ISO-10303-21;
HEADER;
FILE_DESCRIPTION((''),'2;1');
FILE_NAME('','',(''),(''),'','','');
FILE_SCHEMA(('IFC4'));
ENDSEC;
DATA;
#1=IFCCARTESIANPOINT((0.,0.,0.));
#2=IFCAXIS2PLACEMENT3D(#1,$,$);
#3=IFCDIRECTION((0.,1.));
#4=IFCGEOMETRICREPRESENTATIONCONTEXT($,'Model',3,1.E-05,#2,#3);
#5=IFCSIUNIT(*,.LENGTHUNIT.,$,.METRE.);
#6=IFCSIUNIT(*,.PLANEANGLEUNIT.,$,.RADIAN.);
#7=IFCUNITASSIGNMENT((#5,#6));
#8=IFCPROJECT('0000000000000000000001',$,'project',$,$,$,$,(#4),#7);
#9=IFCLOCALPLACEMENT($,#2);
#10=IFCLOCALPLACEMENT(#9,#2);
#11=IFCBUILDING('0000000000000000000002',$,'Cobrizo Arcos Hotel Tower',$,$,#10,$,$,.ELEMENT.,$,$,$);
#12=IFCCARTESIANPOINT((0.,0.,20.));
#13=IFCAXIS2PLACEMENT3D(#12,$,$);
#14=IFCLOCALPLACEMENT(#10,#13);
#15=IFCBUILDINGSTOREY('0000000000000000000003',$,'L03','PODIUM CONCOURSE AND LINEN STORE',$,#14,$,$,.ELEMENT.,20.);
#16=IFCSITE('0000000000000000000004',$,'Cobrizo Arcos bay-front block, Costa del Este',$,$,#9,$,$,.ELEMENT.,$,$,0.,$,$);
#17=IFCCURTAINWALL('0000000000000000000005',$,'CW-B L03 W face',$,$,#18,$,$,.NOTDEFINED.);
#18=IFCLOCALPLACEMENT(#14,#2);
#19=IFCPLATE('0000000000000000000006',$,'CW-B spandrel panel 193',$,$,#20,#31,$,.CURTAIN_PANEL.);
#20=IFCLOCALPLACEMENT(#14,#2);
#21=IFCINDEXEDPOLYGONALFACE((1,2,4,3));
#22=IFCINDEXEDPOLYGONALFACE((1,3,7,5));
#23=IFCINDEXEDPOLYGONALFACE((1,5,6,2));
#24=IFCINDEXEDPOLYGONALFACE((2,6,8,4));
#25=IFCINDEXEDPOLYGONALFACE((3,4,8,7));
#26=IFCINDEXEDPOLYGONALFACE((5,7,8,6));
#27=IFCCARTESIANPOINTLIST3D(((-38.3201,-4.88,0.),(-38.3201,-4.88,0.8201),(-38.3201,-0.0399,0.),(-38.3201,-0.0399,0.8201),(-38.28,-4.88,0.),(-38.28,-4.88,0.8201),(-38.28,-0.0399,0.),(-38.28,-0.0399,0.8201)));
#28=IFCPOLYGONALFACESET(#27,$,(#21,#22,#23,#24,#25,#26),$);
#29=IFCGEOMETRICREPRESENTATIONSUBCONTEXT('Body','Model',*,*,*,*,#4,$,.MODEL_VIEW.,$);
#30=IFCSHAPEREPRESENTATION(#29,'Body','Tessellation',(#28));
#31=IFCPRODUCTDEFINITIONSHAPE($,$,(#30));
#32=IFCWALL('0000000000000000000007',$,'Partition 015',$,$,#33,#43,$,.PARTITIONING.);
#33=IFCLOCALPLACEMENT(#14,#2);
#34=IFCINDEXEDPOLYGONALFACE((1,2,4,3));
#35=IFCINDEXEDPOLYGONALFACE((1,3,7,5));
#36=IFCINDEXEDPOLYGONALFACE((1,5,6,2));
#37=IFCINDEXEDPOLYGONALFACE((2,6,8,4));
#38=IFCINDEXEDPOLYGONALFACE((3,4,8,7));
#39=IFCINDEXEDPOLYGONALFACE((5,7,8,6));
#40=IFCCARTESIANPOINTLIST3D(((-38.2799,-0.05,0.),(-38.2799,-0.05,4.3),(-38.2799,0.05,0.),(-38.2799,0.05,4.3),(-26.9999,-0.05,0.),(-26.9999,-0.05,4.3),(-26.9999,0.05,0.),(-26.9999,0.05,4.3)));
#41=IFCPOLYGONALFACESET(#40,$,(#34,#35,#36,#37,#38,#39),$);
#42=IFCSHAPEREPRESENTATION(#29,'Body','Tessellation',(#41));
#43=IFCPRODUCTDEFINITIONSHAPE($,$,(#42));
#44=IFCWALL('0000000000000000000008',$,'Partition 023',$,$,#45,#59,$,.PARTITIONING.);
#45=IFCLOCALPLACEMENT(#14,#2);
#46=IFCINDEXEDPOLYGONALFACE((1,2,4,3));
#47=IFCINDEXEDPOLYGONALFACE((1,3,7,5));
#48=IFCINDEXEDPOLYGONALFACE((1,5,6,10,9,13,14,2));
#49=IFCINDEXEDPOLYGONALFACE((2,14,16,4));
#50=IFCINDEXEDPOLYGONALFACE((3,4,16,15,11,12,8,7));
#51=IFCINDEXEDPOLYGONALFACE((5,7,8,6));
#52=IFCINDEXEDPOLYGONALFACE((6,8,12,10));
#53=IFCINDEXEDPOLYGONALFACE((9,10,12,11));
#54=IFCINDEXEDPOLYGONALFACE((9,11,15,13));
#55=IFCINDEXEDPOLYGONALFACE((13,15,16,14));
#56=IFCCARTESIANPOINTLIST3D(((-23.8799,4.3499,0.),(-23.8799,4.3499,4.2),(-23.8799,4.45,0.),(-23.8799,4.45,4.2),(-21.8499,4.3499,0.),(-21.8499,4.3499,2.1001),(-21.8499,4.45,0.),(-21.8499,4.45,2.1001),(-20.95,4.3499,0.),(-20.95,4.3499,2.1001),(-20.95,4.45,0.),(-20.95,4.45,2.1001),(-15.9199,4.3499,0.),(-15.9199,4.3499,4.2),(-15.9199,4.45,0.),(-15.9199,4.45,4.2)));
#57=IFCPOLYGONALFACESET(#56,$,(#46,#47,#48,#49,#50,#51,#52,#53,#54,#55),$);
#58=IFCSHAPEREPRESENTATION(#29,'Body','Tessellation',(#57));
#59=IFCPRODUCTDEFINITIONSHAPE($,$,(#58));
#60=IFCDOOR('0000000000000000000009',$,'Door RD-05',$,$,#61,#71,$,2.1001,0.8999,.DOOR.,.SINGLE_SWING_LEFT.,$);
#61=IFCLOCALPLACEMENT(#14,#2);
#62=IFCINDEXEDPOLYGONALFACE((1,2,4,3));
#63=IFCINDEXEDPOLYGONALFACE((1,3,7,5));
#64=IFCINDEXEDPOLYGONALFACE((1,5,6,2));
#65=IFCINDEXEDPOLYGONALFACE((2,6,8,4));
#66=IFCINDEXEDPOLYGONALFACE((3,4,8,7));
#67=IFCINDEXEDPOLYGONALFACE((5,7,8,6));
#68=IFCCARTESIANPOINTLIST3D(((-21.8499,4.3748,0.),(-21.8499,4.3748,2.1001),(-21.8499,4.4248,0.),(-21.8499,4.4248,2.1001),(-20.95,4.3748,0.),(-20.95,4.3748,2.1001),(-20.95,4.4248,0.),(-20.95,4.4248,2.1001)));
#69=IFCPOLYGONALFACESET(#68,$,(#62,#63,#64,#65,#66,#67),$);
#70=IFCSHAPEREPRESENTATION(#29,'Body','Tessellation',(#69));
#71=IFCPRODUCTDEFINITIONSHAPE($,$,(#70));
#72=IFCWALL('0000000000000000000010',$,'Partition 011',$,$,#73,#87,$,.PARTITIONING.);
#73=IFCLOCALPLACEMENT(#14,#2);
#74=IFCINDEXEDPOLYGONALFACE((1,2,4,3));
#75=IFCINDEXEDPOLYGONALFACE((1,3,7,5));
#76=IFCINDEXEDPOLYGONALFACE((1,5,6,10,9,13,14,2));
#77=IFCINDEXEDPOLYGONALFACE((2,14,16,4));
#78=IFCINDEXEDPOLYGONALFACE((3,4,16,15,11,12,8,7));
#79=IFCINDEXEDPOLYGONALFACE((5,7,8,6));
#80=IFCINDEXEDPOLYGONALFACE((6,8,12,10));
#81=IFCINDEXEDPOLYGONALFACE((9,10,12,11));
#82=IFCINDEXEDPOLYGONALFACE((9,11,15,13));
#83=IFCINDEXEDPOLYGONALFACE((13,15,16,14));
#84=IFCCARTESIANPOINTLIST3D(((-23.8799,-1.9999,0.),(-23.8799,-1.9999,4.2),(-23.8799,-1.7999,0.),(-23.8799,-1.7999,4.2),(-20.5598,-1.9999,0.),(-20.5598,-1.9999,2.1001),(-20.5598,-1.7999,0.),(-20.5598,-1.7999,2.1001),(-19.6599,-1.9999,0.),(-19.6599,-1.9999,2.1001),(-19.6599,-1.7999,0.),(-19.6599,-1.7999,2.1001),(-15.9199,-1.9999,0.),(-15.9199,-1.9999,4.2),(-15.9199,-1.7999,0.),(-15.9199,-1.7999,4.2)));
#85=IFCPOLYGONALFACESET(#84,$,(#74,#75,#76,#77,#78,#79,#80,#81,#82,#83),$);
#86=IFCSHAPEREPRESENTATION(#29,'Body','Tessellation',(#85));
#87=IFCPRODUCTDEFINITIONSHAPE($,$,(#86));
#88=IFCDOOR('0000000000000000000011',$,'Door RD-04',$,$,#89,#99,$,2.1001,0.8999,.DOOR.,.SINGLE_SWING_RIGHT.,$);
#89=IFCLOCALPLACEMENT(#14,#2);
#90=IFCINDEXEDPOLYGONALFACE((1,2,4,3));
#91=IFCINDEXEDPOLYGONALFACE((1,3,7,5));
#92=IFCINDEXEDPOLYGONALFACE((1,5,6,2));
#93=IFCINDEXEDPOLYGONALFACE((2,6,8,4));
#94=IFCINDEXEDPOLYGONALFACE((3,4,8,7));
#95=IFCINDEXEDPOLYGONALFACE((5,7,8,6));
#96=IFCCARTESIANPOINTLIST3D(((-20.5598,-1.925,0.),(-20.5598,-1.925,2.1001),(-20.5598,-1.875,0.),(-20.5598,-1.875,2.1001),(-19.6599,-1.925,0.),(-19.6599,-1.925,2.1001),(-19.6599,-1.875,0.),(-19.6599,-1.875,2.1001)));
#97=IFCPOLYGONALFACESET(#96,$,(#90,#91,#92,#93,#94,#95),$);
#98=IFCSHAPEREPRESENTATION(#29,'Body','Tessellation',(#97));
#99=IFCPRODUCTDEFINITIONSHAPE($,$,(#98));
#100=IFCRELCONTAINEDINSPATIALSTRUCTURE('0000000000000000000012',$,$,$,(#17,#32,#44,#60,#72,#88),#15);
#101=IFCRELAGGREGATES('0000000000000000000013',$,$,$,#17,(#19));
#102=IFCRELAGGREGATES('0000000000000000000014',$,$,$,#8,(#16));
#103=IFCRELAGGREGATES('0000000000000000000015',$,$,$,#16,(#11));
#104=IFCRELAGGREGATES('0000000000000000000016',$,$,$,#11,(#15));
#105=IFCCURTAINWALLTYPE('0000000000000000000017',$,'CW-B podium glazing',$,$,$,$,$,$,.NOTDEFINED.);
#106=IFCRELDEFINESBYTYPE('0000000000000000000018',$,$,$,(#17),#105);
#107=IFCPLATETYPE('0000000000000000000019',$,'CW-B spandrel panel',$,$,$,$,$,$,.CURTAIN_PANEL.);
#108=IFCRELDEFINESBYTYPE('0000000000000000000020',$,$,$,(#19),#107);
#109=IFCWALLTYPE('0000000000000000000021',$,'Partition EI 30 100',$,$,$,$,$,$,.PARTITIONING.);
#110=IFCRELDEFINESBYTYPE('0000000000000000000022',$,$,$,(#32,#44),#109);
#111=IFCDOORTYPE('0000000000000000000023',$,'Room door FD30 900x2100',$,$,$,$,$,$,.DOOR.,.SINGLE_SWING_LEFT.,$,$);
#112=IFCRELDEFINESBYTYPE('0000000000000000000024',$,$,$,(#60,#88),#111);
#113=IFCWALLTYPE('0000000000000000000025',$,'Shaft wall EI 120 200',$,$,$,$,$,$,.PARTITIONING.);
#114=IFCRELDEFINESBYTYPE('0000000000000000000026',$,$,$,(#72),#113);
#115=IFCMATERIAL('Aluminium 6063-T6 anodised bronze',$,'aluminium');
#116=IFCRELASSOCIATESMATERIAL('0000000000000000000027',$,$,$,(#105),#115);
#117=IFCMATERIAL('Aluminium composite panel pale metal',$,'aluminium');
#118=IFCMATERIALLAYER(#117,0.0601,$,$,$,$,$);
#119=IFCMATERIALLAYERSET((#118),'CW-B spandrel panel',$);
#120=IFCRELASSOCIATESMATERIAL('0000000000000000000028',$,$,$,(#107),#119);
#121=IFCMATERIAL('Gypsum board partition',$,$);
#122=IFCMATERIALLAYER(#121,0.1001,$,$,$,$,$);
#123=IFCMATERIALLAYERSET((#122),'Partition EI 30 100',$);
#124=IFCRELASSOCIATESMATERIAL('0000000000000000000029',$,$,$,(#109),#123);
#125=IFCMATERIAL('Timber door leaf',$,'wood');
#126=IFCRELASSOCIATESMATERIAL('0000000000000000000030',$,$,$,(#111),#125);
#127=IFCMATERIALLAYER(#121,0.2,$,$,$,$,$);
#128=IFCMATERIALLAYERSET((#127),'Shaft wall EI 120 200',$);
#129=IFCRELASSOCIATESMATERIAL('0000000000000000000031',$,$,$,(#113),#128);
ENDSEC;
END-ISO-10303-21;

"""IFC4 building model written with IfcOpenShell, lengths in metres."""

from ifc_helpers import new_model, si_unit, direction, frame, frame_2d, origin, origin_2d, place, context, subcontext, project, spatial, rectangle, extrude, material, layer, layer_set, type_object, element, fill, aggregate, save


model = new_model("IFC4")

# Units and contexts
model_context = context("Model", 3, precision=1e-05, world=origin(), true_north=direction((0.0, 1.0)))
body_context = subcontext(model_context, "Body", "Model", "MODEL_VIEW")
ifc_project = project(units=[si_unit("LENGTHUNIT", "METRE"), si_unit("PLANEANGLEUNIT", "RADIAN")], contexts=[model_context])

# Site, building, storey
site_placement = place(None, origin())
site = spatial("IfcSite", under=ifc_project, at=site_placement, Name="Cobrizo Arcos bay-front block, Costa del Este", CompositionType="ELEMENT", RefElevation=0.0)
building_placement = place(site_placement, origin())
building = spatial("IfcBuilding", under=site, at=building_placement, Name="Cobrizo Arcos Hotel Tower", CompositionType="ELEMENT")
storey_placement = place(building_placement, frame((0.0, 0.0, 20.0)))
storey = spatial("IfcBuildingStorey", under=building, at=storey_placement, Name="L03", Description="PODIUM CONCOURSE AND LINEN STORE", CompositionType="ELEMENT", Elevation=20.0)

# Curtain wall
ifc_material_1 = material(Name="Aluminium 6063-T6 anodised bronze", Category="aluminium")
curtain_wall_type = type_object("IfcCurtainWallType", Name="CW-B podium glazing", PredefinedType="NOTDEFINED", material=ifc_material_1)
curtain_wall_placement = place(storey_placement, origin())
curtain_wall = element("IfcCurtainWall", 1, at=curtain_wall_placement, inside=storey, type_object=curtain_wall_type, Name="CW-B L03 W face", PredefinedType="NOTDEFINED")

# Plate
ifc_material_2 = material(Name="Aluminium composite panel pale metal", Category="aluminium")
ifc_layer_1 = layer(ifc_material_2, 0.0601)
ifc_layer_set_1 = layer_set([ifc_layer_1], Name="CW-B spandrel panel")
plate_type_1 = type_object("IfcPlateType", Name="CW-B spandrel panel", PredefinedType="CURTAIN_PANEL", material=ifc_layer_set_1)
plate_1_placement = place(storey_placement, frame((-38.3, -2.46, 0.0), z_axis=(0.0, 0.0, 1.0), x_axis=(0.0, -1.0, 0.0)))
plate_1 = element("IfcPlate", 2, at=plate_1_placement, type_object=plate_type_1, Name="CW-B spandrel panel 193", PredefinedType="CURTAIN_PANEL", context=body_context, shape_type="SweptSolid", body=[
    extrude(rectangle(XDim=4.8401, YDim=0.04, at=origin_2d()), origin(), (0.0, 0.0, 1.0), 0.8201),
])
aggregate(curtain_wall, [plate_1])

# Wall
ifc_material_3 = material(Name="Gypsum board partition")
ifc_layer_2 = layer(ifc_material_3, 0.1001)
ifc_layer_set_2 = layer_set([ifc_layer_2], Name="Partition EI 30 100")
wall_type_1 = type_object("IfcWallType", Name="Partition EI 30 100", PredefinedType="PARTITIONING", material=ifc_layer_set_2)
wall_1_placement = place(storey_placement, frame((-38.28, 0.0, 0.0), z_axis=(0.0, 0.0, 1.0), x_axis=(1.0, 0.0, 0.0)))
element("IfcWall", 3, at=wall_1_placement, inside=storey, type_object=wall_type_1, Name="Partition 015", PredefinedType="PARTITIONING", context=body_context, shape_type="SweptSolid", body=[
    extrude(rectangle(XDim=11.28, YDim=0.1001, at=frame_2d((5.6401, 0.0))), origin(), (0.0, 0.0, 1.0), 4.3),
])

# Walls, openings, doors
wall_2_placement = place(storey_placement, frame((-23.8799, 4.3999, 0.0), z_axis=(0.0, 0.0, 1.0), x_axis=(1.0, 0.0, 0.0)))
wall_2 = element("IfcWall", 4, at=wall_2_placement, inside=storey, type_object=wall_type_1, Name="Partition 023", PredefinedType="PARTITIONING", context=body_context, shape_type="SweptSolid", body=[
    extrude(rectangle(XDim=7.96, YDim=0.1001, at=frame_2d((3.98, 0.0))), origin(), (0.0, 0.0, 1.0), 4.2),
])
opening_1_placement = place(wall_2_placement, frame((2.03, 0.0, 0.0)))
opening_1 = element("IfcOpeningElement", 5, at=opening_1_placement, cuts=wall_2, PredefinedType="OPENING", context=body_context, shape_type="SweptSolid", body=[
    extrude(rectangle(XDim=0.8999, YDim=2.1001, at=frame_2d((0.45, 1.05))), frame((0.0, 0.062, 0.0), z_axis=(0.0, -1.0, 0.0), x_axis=(1.0, 0.0, 0.0)), (0.0, 0.0, 1.0), 0.124),
])
ifc_material_4 = material(Name="Timber door leaf", Category="wood")
door_type = type_object("IfcDoorType", Name="Room door FD30 900x2100", OperationType="SINGLE_SWING_LEFT", PredefinedType="DOOR", material=ifc_material_4)
door_1_placement = place(opening_1_placement, origin())
door_1 = element("IfcDoor", 6, at=door_1_placement, inside=storey, type_object=door_type, Name="Door RD-05", OperationType="SINGLE_SWING_LEFT", OverallHeight=2.1001, OverallWidth=0.8999, PredefinedType="DOOR", context=body_context, shape_type="SweptSolid", body=[
    extrude(rectangle(XDim=0.8999, YDim=2.1001, at=frame_2d((0.45, 1.05))), frame((0.0, 0.0249, 0.0), z_axis=(0.0, -1.0, 0.0), x_axis=(1.0, 0.0, 0.0)), (0.0, 0.0, 1.0), 0.05),
])
fill(opening_1, door_1)
ifc_layer_3 = layer(ifc_material_3, 0.2)
ifc_layer_set_3 = layer_set([ifc_layer_3], Name="Shaft wall EI 120 200")
wall_type_2 = type_object("IfcWallType", Name="Shaft wall EI 120 200", PredefinedType="PARTITIONING", material=ifc_layer_set_3)
wall_3_placement = place(storey_placement, frame((-23.8799, -1.8999, 0.0), z_axis=(0.0, 0.0, 1.0), x_axis=(1.0, 0.0, 0.0)))
wall_3 = element("IfcWall", 7, at=wall_3_placement, inside=storey, type_object=wall_type_2, Name="Partition 011", PredefinedType="PARTITIONING", context=body_context, shape_type="SweptSolid", body=[
    extrude(rectangle(XDim=7.96, YDim=0.2, at=frame_2d((3.98, 0.0))), origin(), (0.0, 0.0, 1.0), 4.2),
])
opening_2_placement = place(wall_3_placement, frame((3.3201, 0.0, 0.0)))
opening_2 = element("IfcOpeningElement", 8, at=opening_2_placement, cuts=wall_3, PredefinedType="OPENING", context=body_context, shape_type="SweptSolid", body=[
    extrude(rectangle(XDim=0.8999, YDim=2.1001, at=frame_2d((0.45, 1.05))), frame((0.0, 0.1121, 0.0), z_axis=(0.0, -1.0, 0.0), x_axis=(1.0, 0.0, 0.0)), (0.0, 0.0, 1.0), 0.2239),
])
door_2_placement = place(opening_2_placement, origin())
door_2 = element("IfcDoor", 9, at=door_2_placement, inside=storey, type_object=door_type, Name="Door RD-04", OperationType="SINGLE_SWING_RIGHT", OverallHeight=2.1001, OverallWidth=0.8999, PredefinedType="DOOR", context=body_context, shape_type="SweptSolid", body=[
    extrude(rectangle(XDim=0.8999, YDim=2.1001, at=frame_2d((0.45, 1.05))), frame((0.0, 0.0249, 0.0), z_axis=(0.0, -1.0, 0.0), x_axis=(1.0, 0.0, 0.0)), (0.0, 0.0, 1.0), 0.05),
])
fill(opening_2, door_2)

save(model, "model.ifc")
